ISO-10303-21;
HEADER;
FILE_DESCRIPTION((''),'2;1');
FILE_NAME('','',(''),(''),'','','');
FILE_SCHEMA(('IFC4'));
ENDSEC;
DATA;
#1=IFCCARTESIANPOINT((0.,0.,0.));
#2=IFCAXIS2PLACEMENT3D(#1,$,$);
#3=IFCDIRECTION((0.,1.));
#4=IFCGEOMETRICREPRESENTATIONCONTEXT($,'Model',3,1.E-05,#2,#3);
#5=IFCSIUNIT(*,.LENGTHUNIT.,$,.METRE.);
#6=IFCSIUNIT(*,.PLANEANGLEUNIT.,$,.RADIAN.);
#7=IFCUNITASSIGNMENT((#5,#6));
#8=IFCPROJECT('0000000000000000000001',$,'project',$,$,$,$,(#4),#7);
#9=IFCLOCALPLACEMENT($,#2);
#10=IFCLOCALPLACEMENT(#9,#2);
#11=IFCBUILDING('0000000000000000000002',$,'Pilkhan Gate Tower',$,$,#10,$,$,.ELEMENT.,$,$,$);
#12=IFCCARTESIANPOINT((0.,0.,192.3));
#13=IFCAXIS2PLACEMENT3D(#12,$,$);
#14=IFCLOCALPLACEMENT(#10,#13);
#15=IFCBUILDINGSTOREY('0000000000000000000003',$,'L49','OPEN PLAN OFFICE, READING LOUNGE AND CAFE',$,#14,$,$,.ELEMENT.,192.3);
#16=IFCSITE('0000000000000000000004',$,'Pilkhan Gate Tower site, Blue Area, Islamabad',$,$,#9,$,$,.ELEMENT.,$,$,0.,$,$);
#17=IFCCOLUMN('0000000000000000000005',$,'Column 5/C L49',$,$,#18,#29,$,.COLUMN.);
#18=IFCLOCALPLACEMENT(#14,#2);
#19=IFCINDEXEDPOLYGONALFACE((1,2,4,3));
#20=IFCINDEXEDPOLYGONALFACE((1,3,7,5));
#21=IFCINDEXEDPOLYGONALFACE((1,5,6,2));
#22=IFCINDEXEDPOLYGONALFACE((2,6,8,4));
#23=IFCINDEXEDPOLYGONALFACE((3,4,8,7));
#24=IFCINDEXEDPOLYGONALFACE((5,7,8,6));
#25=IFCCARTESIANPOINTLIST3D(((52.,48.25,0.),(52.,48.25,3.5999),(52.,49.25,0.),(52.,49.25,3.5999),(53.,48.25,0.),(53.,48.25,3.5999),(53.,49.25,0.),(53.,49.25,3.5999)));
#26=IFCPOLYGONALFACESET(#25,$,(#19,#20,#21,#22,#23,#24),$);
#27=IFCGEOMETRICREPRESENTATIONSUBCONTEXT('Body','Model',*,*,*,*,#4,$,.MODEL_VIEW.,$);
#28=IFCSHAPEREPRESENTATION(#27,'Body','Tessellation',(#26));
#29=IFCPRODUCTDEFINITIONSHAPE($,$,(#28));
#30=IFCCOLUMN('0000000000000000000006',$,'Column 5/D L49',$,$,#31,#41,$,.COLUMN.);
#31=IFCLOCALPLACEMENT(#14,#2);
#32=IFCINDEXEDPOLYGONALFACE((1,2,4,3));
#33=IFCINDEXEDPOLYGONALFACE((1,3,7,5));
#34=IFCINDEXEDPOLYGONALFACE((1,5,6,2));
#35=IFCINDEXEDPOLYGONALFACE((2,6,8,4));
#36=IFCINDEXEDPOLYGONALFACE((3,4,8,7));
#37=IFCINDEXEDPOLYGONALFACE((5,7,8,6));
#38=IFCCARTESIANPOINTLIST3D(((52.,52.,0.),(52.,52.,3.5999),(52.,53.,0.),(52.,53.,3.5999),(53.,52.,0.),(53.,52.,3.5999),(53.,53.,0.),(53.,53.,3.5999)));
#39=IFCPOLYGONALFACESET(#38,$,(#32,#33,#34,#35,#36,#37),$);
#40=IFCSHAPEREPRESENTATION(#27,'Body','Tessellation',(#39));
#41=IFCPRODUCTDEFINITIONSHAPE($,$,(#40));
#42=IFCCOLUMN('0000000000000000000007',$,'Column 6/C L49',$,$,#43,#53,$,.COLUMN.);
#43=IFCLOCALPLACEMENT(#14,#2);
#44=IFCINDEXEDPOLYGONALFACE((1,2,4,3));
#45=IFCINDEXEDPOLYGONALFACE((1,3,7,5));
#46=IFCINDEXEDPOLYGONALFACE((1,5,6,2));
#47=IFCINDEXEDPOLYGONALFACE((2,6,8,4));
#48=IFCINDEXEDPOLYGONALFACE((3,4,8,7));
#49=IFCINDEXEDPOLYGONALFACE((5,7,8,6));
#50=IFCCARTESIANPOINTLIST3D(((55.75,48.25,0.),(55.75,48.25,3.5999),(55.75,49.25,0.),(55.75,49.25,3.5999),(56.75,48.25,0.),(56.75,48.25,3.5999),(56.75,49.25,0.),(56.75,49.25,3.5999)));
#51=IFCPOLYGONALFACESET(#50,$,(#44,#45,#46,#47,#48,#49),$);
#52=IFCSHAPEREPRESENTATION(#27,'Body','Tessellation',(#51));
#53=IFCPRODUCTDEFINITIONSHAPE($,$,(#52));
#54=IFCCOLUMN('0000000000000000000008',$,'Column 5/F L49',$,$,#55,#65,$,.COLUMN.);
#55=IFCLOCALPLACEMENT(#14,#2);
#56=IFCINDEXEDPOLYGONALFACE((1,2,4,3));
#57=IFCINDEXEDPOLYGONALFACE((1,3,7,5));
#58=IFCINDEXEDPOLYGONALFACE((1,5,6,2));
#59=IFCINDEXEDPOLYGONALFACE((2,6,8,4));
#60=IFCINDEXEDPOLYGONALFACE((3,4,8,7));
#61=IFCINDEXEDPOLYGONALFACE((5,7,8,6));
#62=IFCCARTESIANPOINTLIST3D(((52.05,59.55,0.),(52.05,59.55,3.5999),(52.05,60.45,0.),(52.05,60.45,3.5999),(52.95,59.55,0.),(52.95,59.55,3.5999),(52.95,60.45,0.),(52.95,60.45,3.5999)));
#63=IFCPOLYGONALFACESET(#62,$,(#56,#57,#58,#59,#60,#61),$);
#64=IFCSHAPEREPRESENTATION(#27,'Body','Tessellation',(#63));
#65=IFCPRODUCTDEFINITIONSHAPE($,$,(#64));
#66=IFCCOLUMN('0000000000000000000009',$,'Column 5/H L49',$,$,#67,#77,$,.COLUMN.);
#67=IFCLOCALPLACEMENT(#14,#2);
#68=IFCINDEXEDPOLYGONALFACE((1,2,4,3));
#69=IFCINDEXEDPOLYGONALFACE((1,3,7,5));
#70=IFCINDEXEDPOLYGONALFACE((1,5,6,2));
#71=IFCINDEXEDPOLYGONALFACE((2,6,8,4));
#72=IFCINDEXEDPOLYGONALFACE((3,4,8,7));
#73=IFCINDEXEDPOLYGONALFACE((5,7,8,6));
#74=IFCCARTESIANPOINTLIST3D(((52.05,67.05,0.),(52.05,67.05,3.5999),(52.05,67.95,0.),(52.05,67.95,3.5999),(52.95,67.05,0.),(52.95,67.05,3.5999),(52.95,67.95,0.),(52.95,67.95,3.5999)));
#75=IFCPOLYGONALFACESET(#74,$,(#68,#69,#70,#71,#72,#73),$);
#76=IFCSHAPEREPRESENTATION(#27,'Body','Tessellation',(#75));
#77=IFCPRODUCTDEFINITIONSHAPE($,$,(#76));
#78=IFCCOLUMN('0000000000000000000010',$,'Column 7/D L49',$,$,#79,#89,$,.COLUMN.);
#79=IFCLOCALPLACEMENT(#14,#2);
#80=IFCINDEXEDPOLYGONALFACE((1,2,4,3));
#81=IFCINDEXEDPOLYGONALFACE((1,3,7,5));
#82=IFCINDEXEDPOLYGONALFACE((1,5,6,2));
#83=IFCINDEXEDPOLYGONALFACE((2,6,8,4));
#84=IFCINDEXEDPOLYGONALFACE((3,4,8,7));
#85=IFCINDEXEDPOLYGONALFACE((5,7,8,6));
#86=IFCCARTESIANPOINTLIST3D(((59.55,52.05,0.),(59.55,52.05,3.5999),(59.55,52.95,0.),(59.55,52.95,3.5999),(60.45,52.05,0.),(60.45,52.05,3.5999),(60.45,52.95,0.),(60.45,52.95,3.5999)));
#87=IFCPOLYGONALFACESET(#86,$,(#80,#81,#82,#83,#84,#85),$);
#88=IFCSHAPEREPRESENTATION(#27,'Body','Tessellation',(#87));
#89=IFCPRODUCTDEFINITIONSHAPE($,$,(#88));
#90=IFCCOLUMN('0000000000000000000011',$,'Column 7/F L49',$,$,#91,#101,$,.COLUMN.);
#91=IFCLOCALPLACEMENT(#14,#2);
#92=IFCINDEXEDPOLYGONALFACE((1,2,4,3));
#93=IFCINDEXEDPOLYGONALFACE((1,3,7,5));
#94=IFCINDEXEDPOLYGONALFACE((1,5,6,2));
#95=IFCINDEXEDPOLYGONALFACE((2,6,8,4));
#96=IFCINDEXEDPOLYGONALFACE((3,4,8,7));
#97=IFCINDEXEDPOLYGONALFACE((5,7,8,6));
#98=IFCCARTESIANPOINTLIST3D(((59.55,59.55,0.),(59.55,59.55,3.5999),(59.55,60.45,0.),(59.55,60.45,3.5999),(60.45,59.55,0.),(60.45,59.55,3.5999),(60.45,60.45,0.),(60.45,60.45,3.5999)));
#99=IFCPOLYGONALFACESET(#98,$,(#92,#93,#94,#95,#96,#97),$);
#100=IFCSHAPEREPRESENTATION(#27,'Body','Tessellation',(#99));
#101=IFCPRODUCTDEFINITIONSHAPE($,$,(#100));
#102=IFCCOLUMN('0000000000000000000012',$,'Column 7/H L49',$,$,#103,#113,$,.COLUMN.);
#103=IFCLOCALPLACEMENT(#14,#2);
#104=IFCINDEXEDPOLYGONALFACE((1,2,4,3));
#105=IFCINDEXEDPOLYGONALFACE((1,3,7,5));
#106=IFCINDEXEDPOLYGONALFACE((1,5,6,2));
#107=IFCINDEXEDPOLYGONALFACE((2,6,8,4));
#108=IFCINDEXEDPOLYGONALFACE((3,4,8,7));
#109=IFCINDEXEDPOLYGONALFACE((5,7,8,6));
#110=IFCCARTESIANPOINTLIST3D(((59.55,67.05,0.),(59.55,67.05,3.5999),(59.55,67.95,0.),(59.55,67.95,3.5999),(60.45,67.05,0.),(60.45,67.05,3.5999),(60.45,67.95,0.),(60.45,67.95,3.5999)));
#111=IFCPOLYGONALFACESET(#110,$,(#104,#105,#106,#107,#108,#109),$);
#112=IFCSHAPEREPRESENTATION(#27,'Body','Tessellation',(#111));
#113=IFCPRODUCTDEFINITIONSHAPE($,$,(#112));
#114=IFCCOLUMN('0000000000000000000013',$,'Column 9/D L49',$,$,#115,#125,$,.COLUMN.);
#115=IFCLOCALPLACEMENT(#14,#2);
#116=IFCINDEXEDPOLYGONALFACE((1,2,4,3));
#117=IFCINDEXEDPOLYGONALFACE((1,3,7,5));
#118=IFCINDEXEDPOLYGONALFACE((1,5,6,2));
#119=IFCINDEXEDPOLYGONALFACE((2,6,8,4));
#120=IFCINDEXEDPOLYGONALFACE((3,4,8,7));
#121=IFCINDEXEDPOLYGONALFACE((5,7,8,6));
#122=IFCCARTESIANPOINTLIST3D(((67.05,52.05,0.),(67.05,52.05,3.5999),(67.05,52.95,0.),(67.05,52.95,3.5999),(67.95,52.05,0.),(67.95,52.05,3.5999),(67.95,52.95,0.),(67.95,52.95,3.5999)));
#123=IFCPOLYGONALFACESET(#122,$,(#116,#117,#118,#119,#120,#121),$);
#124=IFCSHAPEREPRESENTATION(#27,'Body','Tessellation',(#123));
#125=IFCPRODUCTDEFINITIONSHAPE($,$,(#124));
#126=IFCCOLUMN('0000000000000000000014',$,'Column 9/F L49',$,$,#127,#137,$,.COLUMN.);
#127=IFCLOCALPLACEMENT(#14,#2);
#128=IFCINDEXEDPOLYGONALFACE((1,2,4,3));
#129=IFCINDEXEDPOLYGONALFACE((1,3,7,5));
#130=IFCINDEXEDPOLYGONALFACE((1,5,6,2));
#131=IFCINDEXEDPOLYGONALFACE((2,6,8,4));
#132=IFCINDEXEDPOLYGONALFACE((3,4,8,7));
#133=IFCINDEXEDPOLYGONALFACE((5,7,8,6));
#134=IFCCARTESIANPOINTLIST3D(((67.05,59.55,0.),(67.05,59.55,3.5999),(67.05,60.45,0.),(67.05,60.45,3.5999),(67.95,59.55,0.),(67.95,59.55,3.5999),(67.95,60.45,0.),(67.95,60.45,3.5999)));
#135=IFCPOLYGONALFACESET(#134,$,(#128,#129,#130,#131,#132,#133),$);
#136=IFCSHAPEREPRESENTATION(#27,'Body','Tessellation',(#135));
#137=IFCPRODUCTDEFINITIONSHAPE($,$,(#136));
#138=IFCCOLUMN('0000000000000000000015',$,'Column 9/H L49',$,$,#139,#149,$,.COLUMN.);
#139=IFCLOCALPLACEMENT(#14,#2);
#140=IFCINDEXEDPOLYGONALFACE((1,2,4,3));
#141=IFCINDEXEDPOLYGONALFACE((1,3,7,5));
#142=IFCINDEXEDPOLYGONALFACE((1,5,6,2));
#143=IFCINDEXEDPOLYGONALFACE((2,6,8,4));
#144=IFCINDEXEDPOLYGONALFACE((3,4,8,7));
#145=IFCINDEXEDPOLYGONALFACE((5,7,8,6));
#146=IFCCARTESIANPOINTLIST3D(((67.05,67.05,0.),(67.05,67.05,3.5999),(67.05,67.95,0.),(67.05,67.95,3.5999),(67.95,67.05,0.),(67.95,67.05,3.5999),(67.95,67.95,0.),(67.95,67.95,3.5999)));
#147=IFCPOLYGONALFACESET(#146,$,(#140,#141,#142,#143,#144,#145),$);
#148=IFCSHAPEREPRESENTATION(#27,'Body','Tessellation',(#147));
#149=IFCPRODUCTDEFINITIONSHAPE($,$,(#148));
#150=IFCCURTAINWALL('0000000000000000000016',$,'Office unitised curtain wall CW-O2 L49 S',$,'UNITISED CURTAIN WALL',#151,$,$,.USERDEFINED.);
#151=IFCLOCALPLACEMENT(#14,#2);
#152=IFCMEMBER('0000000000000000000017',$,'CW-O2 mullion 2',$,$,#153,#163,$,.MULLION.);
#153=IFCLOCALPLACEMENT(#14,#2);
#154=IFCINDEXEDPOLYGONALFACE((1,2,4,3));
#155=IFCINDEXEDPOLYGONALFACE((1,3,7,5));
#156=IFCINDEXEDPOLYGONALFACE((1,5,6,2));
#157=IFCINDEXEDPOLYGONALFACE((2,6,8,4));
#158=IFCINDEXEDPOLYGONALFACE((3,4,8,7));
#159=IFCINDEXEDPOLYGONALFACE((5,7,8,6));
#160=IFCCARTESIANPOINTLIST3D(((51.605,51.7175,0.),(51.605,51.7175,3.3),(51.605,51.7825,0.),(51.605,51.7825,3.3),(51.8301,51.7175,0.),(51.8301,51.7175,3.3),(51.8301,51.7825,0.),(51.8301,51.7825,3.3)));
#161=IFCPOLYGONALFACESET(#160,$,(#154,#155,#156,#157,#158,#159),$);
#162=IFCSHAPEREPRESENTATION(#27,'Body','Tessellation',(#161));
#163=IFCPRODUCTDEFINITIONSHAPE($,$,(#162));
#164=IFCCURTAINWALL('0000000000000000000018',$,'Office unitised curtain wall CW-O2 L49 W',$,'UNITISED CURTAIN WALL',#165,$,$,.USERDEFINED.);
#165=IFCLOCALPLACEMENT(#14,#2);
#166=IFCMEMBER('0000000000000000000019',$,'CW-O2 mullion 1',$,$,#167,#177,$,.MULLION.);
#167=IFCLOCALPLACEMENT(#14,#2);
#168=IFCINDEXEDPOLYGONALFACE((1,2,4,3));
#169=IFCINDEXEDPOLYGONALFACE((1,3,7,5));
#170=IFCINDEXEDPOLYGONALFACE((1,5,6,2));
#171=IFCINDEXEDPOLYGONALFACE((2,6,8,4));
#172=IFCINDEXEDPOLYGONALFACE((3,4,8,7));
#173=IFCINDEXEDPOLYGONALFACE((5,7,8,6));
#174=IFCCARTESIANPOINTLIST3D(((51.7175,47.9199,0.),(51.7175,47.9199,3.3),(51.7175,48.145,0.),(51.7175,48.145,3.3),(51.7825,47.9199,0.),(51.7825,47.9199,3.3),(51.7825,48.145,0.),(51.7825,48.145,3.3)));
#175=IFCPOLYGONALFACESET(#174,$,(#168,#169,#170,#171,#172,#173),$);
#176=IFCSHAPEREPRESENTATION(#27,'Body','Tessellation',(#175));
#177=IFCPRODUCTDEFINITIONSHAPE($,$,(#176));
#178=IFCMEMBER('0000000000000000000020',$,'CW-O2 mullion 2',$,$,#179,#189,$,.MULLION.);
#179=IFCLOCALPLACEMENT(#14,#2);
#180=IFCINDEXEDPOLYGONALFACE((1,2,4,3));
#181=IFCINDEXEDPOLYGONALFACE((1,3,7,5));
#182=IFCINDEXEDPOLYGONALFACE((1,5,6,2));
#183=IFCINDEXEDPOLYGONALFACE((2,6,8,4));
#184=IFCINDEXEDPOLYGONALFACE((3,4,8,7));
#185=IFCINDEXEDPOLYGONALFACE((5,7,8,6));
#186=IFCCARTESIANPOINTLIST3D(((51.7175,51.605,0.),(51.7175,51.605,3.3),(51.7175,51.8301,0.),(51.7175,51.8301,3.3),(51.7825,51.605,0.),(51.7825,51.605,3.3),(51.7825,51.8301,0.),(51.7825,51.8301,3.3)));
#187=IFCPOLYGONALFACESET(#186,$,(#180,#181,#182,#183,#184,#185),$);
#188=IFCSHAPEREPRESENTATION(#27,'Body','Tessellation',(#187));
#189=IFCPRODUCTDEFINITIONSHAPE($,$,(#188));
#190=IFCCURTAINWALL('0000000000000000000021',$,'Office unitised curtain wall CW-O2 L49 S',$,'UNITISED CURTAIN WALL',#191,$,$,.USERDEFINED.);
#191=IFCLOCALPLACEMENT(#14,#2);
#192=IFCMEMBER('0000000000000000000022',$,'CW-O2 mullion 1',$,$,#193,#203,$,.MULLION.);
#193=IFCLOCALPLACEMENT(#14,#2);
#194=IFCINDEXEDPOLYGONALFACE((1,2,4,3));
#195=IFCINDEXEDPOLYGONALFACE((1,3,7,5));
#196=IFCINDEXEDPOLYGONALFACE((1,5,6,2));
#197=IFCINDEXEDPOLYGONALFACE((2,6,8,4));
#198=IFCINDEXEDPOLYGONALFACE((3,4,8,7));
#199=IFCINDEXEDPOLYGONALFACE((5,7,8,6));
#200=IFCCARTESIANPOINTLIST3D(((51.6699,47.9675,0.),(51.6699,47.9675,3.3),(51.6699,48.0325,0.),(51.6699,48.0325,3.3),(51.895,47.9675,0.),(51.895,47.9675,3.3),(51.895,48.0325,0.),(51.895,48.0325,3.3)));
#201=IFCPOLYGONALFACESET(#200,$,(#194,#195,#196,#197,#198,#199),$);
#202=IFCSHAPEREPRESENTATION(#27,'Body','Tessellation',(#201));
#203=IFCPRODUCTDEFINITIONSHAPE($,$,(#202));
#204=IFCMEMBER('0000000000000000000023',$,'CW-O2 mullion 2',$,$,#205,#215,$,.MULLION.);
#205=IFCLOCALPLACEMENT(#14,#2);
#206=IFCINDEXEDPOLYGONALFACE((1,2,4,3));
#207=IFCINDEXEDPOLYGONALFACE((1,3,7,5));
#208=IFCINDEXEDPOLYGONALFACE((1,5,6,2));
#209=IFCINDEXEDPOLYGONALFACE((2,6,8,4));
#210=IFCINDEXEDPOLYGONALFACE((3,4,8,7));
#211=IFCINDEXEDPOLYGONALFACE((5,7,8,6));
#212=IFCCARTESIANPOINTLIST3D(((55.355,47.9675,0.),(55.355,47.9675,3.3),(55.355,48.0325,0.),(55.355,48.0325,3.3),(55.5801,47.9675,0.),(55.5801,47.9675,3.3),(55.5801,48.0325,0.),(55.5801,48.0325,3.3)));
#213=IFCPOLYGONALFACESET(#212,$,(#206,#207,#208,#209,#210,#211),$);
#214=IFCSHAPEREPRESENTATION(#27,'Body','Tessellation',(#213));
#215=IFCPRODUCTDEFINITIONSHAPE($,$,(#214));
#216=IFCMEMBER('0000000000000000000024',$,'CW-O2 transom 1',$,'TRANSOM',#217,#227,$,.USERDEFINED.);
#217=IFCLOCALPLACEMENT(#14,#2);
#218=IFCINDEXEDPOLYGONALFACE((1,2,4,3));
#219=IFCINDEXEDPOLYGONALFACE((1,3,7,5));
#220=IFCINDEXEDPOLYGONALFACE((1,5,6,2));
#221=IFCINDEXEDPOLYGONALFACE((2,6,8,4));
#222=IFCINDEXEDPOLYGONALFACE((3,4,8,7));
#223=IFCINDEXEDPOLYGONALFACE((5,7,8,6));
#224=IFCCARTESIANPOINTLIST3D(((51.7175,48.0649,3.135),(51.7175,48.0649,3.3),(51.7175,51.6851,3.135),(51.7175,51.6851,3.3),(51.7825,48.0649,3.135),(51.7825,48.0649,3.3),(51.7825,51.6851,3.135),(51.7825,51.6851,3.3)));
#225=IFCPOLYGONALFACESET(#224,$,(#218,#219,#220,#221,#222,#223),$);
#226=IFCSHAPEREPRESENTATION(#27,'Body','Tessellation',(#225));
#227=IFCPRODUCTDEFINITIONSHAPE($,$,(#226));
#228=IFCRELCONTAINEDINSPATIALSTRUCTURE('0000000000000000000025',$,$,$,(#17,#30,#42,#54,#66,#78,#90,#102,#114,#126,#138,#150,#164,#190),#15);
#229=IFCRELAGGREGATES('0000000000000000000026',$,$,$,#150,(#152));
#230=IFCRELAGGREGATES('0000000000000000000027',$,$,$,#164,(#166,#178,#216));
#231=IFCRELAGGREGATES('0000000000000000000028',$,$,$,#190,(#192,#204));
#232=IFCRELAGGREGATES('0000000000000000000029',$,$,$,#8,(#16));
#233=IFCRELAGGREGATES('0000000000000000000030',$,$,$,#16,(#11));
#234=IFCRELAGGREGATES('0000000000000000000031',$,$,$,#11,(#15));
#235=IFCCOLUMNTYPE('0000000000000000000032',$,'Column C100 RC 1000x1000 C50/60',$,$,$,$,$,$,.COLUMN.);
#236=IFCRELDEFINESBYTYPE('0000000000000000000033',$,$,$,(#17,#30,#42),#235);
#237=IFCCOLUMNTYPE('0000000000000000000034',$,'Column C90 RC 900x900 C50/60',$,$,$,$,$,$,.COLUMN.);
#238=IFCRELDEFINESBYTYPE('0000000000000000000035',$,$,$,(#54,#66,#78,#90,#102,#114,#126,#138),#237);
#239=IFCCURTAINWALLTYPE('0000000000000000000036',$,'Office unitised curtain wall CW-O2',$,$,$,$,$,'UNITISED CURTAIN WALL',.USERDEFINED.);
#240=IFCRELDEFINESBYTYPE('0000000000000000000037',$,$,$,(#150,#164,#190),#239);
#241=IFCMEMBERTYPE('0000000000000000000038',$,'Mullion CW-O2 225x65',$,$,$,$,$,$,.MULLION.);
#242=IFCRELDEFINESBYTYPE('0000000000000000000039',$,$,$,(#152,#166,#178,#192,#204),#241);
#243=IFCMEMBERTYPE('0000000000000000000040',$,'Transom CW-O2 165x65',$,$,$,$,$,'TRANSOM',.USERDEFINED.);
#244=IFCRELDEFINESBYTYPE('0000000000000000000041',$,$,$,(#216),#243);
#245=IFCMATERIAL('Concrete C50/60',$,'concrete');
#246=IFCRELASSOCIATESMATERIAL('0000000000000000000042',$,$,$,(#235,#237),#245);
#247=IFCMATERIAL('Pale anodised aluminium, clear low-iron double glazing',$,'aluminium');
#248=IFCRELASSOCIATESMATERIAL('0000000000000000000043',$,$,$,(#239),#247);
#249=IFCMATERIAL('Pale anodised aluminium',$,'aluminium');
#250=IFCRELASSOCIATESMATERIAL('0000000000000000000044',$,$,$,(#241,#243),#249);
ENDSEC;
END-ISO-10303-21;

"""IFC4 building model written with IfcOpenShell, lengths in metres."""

from ifc_helpers import new_model, si_unit, direction, frame, origin, origin_2d, place, context, subcontext, project, spatial, rectangle, extrude, material, material_profile, profile_set, type_object, element, aggregate, save


model = new_model("IFC4")

# Units and contexts
model_context = context("Model", 3, precision=1e-05, world=origin(), true_north=direction((0.0, 1.0)))
body_context = subcontext(model_context, "Body", "Model", "MODEL_VIEW")
ifc_project = project(units=[si_unit("LENGTHUNIT", "METRE"), si_unit("PLANEANGLEUNIT", "RADIAN")], contexts=[model_context])

# Site, building, storey
site_placement = place(None, origin())
site = spatial("IfcSite", under=ifc_project, at=site_placement, Name="Pilkhan Gate Tower site, Blue Area, Islamabad", CompositionType="ELEMENT", RefElevation=0.0)
building_placement = place(site_placement, origin())
building = spatial("IfcBuilding", under=site, at=building_placement, Name="Pilkhan Gate Tower", CompositionType="ELEMENT")
storey_placement = place(building_placement, frame((0.0, 0.0, 192.3)))
storey = spatial("IfcBuildingStorey", under=building, at=storey_placement, Name="L49", Description="OPEN PLAN OFFICE, READING LOUNGE AND CAFE", CompositionType="ELEMENT", Elevation=192.3)

# Columns
ifc_material_1 = material(Name="Concrete C50/60", Category="concrete")
ifc_material_profile_1 = material_profile(ifc_material_1, rectangle(XDim=1.0, YDim=1.0, at=origin_2d()), Name="RC 1000x1000")
ifc_profile_set_1 = profile_set([ifc_material_profile_1], Name="Concrete C50/60")
column_type_1 = type_object("IfcColumnType", Name="Column C100 RC 1000x1000 C50/60", PredefinedType="COLUMN", material=ifc_profile_set_1)
for number, where, z_axis, x_axis, name in (
    (1, (52.5, 48.75, 0.0), (0.0, 0.0, 1.0), (1.0, 0.0, 0.0), "Column 5/C L49"),
    (2, (52.5, 52.5, 0.0), (0.0, 0.0, 1.0), (1.0, 0.0, 0.0), "Column 5/D L49"),
    (3, (56.25, 48.75, 0.0), (0.0, 0.0, 1.0), (1.0, 0.0, 0.0), "Column 6/C L49"),
):
    element("IfcColumn", number, at=place(storey_placement, frame(where, z_axis=z_axis, x_axis=x_axis)), inside=storey, type_object=column_type_1, Name=name, PredefinedType="COLUMN", context=body_context, shape_type="SweptSolid", body=[
        extrude(rectangle(XDim=1.0, YDim=1.0, at=origin_2d()), origin(), (0.0, 0.0, 1.0), 3.5999),
    ])
ifc_material_profile_2 = material_profile(ifc_material_1, rectangle(XDim=0.8999, YDim=0.8999, at=origin_2d()), Name="RC 900x900")
ifc_profile_set_2 = profile_set([ifc_material_profile_2], Name="Concrete C50/60")
column_type_2 = type_object("IfcColumnType", Name="Column C90 RC 900x900 C50/60", PredefinedType="COLUMN", material=ifc_profile_set_2)
for number, where, z_axis, x_axis, name in (
    (4, (52.5, 60.0, 0.0), (0.0, 0.0, 1.0), (1.0, 0.0, 0.0), "Column 5/F L49"),
    (5, (52.5, 67.5, 0.0), (0.0, 0.0, 1.0), (1.0, 0.0, 0.0), "Column 5/H L49"),
    (6, (60.0, 52.5, 0.0), (0.0, 0.0, 1.0), (1.0, 0.0, 0.0), "Column 7/D L49"),
    (7, (60.0, 60.0, 0.0), (0.0, 0.0, 1.0), (1.0, 0.0, 0.0), "Column 7/F L49"),
    (8, (60.0, 67.5, 0.0), (0.0, 0.0, 1.0), (1.0, 0.0, 0.0), "Column 7/H L49"),
    (9, (67.5, 52.5, 0.0), (0.0, 0.0, 1.0), (1.0, 0.0, 0.0), "Column 9/D L49"),
    (10, (67.5, 60.0, 0.0), (0.0, 0.0, 1.0), (1.0, 0.0, 0.0), "Column 9/F L49"),
    (11, (67.5, 67.5, 0.0), (0.0, 0.0, 1.0), (1.0, 0.0, 0.0), "Column 9/H L49"),
):
    element("IfcColumn", number, at=place(storey_placement, frame(where, z_axis=z_axis, x_axis=x_axis)), inside=storey, type_object=column_type_2, Name=name, PredefinedType="COLUMN", context=body_context, shape_type="SweptSolid", body=[
        extrude(rectangle(XDim=0.8999, YDim=0.8999, at=origin_2d()), origin(), (0.0, 0.0, 1.0), 3.5999),
    ])

# Curtain wall, member
ifc_material_2 = material(Name="Pale anodised aluminium, clear low-iron double glazing", Category="aluminium")
curtain_wall_type = type_object("IfcCurtainWallType", Name="Office unitised curtain wall CW-O2", ElementType="UNITISED CURTAIN WALL", PredefinedType="USERDEFINED", material=ifc_material_2)
curtain_wall_1_placement = place(storey_placement, origin())
curtain_wall_1 = element("IfcCurtainWall", 12, at=curtain_wall_1_placement, inside=storey, type_object=curtain_wall_type, Name="Office unitised curtain wall CW-O2 L49 S", ObjectType="UNITISED CURTAIN WALL", PredefinedType="USERDEFINED")
ifc_material_3 = material(Name="Pale anodised aluminium", Category="aluminium")
ifc_material_profile_3 = material_profile(ifc_material_3, rectangle(XDim=0.0649, YDim=0.2251, at=origin_2d()), Name="Mullion 225x65")
ifc_profile_set_3 = profile_set([ifc_material_profile_3], Name="Pale anodised aluminium")
member_type_1 = type_object("IfcMemberType", Name="Mullion CW-O2 225x65", PredefinedType="MULLION", material=ifc_profile_set_3)
member_1_placement = place(storey_placement, frame((51.7175, 51.75, 0.0), z_axis=(0.0, 0.0, 1.0), x_axis=(0.0, 1.0, 0.0)))
member_1 = element("IfcMember", 13, at=member_1_placement, type_object=member_type_1, Name="CW-O2 mullion 2", PredefinedType="MULLION", context=body_context, shape_type="SweptSolid", body=[
    extrude(rectangle(XDim=0.0649, YDim=0.2251, at=origin_2d()), origin(), (0.0, 0.0, 1.0), 3.3),
])
aggregate(curtain_wall_1, [member_1])

# Curtain walls, members
curtain_wall_2_placement = place(storey_placement, origin())
curtain_wall_2 = element("IfcCurtainWall", 14, at=curtain_wall_2_placement, inside=storey, type_object=curtain_wall_type, Name="Office unitised curtain wall CW-O2 L49 W", ObjectType="UNITISED CURTAIN WALL", PredefinedType="USERDEFINED")
member_2_placement = place(storey_placement, frame((51.75, 48.0325, 0.0), z_axis=(0.0, 0.0, 1.0), x_axis=(-1.0, 0.0, 0.0)))
member_2 = element("IfcMember", 15, at=member_2_placement, type_object=member_type_1, Name="CW-O2 mullion 1", PredefinedType="MULLION", context=body_context, shape_type="SweptSolid", body=[
    extrude(rectangle(XDim=0.0649, YDim=0.2251, at=origin_2d()), origin(), (0.0, 0.0, 1.0), 3.3),
])
member_3_placement = place(storey_placement, frame((51.75, 51.7175, 0.0), z_axis=(0.0, 0.0, 1.0), x_axis=(-1.0, 0.0, 0.0)))
member_3 = element("IfcMember", 16, at=member_3_placement, type_object=member_type_1, Name="CW-O2 mullion 2", PredefinedType="MULLION", context=body_context, shape_type="SweptSolid", body=[
    extrude(rectangle(XDim=0.0649, YDim=0.2251, at=origin_2d()), origin(), (0.0, 0.0, 1.0), 3.3),
])
curtain_wall_3_placement = place(storey_placement, origin())
curtain_wall_3 = element("IfcCurtainWall", 17, at=curtain_wall_3_placement, inside=storey, type_object=curtain_wall_type, Name="Office unitised curtain wall CW-O2 L49 S", ObjectType="UNITISED CURTAIN WALL", PredefinedType="USERDEFINED")
member_4_placement = place(storey_placement, frame((51.7825, 48.0, 0.0), z_axis=(0.0, 0.0, 1.0), x_axis=(0.0, 1.0, 0.0)))
member_4 = element("IfcMember", 18, at=member_4_placement, type_object=member_type_1, Name="CW-O2 mullion 1", PredefinedType="MULLION", context=body_context, shape_type="SweptSolid", body=[
    extrude(rectangle(XDim=0.0649, YDim=0.2251, at=origin_2d()), origin(), (0.0, 0.0, 1.0), 3.3),
])
member_5_placement = place(storey_placement, frame((55.4675, 48.0, 0.0), z_axis=(0.0, 0.0, 1.0), x_axis=(0.0, 1.0, 0.0)))
member_5 = element("IfcMember", 19, at=member_5_placement, type_object=member_type_1, Name="CW-O2 mullion 2", PredefinedType="MULLION", context=body_context, shape_type="SweptSolid", body=[
    extrude(rectangle(XDim=0.0649, YDim=0.2251, at=origin_2d()), origin(), (0.0, 0.0, 1.0), 3.3),
])

# Member
ifc_material_profile_4 = material_profile(ifc_material_3, rectangle(XDim=0.0649, YDim=0.165, at=origin_2d()), Name="Transom 165x65")
ifc_profile_set_4 = profile_set([ifc_material_profile_4], Name="Pale anodised aluminium")
member_type_2 = type_object("IfcMemberType", Name="Transom CW-O2 165x65", ElementType="TRANSOM", PredefinedType="USERDEFINED", material=ifc_profile_set_4)
member_6_placement = place(storey_placement, frame((51.75, 48.0649, 3.2175), z_axis=(0.0, 1.0, 0.0), x_axis=(-1.0, 0.0, 0.0)))
member_6 = element("IfcMember", 20, at=member_6_placement, type_object=member_type_2, Name="CW-O2 transom 1", ObjectType="TRANSOM", PredefinedType="USERDEFINED", context=body_context, shape_type="SweptSolid", body=[
    extrude(rectangle(XDim=0.0649, YDim=0.165, at=origin_2d()), origin(), (0.0, 0.0, 1.0), 3.6201),
])

aggregate(curtain_wall_2, [member_2, member_3, member_6])
aggregate(curtain_wall_3, [member_4, member_5])

save(model, "model.ifc")
